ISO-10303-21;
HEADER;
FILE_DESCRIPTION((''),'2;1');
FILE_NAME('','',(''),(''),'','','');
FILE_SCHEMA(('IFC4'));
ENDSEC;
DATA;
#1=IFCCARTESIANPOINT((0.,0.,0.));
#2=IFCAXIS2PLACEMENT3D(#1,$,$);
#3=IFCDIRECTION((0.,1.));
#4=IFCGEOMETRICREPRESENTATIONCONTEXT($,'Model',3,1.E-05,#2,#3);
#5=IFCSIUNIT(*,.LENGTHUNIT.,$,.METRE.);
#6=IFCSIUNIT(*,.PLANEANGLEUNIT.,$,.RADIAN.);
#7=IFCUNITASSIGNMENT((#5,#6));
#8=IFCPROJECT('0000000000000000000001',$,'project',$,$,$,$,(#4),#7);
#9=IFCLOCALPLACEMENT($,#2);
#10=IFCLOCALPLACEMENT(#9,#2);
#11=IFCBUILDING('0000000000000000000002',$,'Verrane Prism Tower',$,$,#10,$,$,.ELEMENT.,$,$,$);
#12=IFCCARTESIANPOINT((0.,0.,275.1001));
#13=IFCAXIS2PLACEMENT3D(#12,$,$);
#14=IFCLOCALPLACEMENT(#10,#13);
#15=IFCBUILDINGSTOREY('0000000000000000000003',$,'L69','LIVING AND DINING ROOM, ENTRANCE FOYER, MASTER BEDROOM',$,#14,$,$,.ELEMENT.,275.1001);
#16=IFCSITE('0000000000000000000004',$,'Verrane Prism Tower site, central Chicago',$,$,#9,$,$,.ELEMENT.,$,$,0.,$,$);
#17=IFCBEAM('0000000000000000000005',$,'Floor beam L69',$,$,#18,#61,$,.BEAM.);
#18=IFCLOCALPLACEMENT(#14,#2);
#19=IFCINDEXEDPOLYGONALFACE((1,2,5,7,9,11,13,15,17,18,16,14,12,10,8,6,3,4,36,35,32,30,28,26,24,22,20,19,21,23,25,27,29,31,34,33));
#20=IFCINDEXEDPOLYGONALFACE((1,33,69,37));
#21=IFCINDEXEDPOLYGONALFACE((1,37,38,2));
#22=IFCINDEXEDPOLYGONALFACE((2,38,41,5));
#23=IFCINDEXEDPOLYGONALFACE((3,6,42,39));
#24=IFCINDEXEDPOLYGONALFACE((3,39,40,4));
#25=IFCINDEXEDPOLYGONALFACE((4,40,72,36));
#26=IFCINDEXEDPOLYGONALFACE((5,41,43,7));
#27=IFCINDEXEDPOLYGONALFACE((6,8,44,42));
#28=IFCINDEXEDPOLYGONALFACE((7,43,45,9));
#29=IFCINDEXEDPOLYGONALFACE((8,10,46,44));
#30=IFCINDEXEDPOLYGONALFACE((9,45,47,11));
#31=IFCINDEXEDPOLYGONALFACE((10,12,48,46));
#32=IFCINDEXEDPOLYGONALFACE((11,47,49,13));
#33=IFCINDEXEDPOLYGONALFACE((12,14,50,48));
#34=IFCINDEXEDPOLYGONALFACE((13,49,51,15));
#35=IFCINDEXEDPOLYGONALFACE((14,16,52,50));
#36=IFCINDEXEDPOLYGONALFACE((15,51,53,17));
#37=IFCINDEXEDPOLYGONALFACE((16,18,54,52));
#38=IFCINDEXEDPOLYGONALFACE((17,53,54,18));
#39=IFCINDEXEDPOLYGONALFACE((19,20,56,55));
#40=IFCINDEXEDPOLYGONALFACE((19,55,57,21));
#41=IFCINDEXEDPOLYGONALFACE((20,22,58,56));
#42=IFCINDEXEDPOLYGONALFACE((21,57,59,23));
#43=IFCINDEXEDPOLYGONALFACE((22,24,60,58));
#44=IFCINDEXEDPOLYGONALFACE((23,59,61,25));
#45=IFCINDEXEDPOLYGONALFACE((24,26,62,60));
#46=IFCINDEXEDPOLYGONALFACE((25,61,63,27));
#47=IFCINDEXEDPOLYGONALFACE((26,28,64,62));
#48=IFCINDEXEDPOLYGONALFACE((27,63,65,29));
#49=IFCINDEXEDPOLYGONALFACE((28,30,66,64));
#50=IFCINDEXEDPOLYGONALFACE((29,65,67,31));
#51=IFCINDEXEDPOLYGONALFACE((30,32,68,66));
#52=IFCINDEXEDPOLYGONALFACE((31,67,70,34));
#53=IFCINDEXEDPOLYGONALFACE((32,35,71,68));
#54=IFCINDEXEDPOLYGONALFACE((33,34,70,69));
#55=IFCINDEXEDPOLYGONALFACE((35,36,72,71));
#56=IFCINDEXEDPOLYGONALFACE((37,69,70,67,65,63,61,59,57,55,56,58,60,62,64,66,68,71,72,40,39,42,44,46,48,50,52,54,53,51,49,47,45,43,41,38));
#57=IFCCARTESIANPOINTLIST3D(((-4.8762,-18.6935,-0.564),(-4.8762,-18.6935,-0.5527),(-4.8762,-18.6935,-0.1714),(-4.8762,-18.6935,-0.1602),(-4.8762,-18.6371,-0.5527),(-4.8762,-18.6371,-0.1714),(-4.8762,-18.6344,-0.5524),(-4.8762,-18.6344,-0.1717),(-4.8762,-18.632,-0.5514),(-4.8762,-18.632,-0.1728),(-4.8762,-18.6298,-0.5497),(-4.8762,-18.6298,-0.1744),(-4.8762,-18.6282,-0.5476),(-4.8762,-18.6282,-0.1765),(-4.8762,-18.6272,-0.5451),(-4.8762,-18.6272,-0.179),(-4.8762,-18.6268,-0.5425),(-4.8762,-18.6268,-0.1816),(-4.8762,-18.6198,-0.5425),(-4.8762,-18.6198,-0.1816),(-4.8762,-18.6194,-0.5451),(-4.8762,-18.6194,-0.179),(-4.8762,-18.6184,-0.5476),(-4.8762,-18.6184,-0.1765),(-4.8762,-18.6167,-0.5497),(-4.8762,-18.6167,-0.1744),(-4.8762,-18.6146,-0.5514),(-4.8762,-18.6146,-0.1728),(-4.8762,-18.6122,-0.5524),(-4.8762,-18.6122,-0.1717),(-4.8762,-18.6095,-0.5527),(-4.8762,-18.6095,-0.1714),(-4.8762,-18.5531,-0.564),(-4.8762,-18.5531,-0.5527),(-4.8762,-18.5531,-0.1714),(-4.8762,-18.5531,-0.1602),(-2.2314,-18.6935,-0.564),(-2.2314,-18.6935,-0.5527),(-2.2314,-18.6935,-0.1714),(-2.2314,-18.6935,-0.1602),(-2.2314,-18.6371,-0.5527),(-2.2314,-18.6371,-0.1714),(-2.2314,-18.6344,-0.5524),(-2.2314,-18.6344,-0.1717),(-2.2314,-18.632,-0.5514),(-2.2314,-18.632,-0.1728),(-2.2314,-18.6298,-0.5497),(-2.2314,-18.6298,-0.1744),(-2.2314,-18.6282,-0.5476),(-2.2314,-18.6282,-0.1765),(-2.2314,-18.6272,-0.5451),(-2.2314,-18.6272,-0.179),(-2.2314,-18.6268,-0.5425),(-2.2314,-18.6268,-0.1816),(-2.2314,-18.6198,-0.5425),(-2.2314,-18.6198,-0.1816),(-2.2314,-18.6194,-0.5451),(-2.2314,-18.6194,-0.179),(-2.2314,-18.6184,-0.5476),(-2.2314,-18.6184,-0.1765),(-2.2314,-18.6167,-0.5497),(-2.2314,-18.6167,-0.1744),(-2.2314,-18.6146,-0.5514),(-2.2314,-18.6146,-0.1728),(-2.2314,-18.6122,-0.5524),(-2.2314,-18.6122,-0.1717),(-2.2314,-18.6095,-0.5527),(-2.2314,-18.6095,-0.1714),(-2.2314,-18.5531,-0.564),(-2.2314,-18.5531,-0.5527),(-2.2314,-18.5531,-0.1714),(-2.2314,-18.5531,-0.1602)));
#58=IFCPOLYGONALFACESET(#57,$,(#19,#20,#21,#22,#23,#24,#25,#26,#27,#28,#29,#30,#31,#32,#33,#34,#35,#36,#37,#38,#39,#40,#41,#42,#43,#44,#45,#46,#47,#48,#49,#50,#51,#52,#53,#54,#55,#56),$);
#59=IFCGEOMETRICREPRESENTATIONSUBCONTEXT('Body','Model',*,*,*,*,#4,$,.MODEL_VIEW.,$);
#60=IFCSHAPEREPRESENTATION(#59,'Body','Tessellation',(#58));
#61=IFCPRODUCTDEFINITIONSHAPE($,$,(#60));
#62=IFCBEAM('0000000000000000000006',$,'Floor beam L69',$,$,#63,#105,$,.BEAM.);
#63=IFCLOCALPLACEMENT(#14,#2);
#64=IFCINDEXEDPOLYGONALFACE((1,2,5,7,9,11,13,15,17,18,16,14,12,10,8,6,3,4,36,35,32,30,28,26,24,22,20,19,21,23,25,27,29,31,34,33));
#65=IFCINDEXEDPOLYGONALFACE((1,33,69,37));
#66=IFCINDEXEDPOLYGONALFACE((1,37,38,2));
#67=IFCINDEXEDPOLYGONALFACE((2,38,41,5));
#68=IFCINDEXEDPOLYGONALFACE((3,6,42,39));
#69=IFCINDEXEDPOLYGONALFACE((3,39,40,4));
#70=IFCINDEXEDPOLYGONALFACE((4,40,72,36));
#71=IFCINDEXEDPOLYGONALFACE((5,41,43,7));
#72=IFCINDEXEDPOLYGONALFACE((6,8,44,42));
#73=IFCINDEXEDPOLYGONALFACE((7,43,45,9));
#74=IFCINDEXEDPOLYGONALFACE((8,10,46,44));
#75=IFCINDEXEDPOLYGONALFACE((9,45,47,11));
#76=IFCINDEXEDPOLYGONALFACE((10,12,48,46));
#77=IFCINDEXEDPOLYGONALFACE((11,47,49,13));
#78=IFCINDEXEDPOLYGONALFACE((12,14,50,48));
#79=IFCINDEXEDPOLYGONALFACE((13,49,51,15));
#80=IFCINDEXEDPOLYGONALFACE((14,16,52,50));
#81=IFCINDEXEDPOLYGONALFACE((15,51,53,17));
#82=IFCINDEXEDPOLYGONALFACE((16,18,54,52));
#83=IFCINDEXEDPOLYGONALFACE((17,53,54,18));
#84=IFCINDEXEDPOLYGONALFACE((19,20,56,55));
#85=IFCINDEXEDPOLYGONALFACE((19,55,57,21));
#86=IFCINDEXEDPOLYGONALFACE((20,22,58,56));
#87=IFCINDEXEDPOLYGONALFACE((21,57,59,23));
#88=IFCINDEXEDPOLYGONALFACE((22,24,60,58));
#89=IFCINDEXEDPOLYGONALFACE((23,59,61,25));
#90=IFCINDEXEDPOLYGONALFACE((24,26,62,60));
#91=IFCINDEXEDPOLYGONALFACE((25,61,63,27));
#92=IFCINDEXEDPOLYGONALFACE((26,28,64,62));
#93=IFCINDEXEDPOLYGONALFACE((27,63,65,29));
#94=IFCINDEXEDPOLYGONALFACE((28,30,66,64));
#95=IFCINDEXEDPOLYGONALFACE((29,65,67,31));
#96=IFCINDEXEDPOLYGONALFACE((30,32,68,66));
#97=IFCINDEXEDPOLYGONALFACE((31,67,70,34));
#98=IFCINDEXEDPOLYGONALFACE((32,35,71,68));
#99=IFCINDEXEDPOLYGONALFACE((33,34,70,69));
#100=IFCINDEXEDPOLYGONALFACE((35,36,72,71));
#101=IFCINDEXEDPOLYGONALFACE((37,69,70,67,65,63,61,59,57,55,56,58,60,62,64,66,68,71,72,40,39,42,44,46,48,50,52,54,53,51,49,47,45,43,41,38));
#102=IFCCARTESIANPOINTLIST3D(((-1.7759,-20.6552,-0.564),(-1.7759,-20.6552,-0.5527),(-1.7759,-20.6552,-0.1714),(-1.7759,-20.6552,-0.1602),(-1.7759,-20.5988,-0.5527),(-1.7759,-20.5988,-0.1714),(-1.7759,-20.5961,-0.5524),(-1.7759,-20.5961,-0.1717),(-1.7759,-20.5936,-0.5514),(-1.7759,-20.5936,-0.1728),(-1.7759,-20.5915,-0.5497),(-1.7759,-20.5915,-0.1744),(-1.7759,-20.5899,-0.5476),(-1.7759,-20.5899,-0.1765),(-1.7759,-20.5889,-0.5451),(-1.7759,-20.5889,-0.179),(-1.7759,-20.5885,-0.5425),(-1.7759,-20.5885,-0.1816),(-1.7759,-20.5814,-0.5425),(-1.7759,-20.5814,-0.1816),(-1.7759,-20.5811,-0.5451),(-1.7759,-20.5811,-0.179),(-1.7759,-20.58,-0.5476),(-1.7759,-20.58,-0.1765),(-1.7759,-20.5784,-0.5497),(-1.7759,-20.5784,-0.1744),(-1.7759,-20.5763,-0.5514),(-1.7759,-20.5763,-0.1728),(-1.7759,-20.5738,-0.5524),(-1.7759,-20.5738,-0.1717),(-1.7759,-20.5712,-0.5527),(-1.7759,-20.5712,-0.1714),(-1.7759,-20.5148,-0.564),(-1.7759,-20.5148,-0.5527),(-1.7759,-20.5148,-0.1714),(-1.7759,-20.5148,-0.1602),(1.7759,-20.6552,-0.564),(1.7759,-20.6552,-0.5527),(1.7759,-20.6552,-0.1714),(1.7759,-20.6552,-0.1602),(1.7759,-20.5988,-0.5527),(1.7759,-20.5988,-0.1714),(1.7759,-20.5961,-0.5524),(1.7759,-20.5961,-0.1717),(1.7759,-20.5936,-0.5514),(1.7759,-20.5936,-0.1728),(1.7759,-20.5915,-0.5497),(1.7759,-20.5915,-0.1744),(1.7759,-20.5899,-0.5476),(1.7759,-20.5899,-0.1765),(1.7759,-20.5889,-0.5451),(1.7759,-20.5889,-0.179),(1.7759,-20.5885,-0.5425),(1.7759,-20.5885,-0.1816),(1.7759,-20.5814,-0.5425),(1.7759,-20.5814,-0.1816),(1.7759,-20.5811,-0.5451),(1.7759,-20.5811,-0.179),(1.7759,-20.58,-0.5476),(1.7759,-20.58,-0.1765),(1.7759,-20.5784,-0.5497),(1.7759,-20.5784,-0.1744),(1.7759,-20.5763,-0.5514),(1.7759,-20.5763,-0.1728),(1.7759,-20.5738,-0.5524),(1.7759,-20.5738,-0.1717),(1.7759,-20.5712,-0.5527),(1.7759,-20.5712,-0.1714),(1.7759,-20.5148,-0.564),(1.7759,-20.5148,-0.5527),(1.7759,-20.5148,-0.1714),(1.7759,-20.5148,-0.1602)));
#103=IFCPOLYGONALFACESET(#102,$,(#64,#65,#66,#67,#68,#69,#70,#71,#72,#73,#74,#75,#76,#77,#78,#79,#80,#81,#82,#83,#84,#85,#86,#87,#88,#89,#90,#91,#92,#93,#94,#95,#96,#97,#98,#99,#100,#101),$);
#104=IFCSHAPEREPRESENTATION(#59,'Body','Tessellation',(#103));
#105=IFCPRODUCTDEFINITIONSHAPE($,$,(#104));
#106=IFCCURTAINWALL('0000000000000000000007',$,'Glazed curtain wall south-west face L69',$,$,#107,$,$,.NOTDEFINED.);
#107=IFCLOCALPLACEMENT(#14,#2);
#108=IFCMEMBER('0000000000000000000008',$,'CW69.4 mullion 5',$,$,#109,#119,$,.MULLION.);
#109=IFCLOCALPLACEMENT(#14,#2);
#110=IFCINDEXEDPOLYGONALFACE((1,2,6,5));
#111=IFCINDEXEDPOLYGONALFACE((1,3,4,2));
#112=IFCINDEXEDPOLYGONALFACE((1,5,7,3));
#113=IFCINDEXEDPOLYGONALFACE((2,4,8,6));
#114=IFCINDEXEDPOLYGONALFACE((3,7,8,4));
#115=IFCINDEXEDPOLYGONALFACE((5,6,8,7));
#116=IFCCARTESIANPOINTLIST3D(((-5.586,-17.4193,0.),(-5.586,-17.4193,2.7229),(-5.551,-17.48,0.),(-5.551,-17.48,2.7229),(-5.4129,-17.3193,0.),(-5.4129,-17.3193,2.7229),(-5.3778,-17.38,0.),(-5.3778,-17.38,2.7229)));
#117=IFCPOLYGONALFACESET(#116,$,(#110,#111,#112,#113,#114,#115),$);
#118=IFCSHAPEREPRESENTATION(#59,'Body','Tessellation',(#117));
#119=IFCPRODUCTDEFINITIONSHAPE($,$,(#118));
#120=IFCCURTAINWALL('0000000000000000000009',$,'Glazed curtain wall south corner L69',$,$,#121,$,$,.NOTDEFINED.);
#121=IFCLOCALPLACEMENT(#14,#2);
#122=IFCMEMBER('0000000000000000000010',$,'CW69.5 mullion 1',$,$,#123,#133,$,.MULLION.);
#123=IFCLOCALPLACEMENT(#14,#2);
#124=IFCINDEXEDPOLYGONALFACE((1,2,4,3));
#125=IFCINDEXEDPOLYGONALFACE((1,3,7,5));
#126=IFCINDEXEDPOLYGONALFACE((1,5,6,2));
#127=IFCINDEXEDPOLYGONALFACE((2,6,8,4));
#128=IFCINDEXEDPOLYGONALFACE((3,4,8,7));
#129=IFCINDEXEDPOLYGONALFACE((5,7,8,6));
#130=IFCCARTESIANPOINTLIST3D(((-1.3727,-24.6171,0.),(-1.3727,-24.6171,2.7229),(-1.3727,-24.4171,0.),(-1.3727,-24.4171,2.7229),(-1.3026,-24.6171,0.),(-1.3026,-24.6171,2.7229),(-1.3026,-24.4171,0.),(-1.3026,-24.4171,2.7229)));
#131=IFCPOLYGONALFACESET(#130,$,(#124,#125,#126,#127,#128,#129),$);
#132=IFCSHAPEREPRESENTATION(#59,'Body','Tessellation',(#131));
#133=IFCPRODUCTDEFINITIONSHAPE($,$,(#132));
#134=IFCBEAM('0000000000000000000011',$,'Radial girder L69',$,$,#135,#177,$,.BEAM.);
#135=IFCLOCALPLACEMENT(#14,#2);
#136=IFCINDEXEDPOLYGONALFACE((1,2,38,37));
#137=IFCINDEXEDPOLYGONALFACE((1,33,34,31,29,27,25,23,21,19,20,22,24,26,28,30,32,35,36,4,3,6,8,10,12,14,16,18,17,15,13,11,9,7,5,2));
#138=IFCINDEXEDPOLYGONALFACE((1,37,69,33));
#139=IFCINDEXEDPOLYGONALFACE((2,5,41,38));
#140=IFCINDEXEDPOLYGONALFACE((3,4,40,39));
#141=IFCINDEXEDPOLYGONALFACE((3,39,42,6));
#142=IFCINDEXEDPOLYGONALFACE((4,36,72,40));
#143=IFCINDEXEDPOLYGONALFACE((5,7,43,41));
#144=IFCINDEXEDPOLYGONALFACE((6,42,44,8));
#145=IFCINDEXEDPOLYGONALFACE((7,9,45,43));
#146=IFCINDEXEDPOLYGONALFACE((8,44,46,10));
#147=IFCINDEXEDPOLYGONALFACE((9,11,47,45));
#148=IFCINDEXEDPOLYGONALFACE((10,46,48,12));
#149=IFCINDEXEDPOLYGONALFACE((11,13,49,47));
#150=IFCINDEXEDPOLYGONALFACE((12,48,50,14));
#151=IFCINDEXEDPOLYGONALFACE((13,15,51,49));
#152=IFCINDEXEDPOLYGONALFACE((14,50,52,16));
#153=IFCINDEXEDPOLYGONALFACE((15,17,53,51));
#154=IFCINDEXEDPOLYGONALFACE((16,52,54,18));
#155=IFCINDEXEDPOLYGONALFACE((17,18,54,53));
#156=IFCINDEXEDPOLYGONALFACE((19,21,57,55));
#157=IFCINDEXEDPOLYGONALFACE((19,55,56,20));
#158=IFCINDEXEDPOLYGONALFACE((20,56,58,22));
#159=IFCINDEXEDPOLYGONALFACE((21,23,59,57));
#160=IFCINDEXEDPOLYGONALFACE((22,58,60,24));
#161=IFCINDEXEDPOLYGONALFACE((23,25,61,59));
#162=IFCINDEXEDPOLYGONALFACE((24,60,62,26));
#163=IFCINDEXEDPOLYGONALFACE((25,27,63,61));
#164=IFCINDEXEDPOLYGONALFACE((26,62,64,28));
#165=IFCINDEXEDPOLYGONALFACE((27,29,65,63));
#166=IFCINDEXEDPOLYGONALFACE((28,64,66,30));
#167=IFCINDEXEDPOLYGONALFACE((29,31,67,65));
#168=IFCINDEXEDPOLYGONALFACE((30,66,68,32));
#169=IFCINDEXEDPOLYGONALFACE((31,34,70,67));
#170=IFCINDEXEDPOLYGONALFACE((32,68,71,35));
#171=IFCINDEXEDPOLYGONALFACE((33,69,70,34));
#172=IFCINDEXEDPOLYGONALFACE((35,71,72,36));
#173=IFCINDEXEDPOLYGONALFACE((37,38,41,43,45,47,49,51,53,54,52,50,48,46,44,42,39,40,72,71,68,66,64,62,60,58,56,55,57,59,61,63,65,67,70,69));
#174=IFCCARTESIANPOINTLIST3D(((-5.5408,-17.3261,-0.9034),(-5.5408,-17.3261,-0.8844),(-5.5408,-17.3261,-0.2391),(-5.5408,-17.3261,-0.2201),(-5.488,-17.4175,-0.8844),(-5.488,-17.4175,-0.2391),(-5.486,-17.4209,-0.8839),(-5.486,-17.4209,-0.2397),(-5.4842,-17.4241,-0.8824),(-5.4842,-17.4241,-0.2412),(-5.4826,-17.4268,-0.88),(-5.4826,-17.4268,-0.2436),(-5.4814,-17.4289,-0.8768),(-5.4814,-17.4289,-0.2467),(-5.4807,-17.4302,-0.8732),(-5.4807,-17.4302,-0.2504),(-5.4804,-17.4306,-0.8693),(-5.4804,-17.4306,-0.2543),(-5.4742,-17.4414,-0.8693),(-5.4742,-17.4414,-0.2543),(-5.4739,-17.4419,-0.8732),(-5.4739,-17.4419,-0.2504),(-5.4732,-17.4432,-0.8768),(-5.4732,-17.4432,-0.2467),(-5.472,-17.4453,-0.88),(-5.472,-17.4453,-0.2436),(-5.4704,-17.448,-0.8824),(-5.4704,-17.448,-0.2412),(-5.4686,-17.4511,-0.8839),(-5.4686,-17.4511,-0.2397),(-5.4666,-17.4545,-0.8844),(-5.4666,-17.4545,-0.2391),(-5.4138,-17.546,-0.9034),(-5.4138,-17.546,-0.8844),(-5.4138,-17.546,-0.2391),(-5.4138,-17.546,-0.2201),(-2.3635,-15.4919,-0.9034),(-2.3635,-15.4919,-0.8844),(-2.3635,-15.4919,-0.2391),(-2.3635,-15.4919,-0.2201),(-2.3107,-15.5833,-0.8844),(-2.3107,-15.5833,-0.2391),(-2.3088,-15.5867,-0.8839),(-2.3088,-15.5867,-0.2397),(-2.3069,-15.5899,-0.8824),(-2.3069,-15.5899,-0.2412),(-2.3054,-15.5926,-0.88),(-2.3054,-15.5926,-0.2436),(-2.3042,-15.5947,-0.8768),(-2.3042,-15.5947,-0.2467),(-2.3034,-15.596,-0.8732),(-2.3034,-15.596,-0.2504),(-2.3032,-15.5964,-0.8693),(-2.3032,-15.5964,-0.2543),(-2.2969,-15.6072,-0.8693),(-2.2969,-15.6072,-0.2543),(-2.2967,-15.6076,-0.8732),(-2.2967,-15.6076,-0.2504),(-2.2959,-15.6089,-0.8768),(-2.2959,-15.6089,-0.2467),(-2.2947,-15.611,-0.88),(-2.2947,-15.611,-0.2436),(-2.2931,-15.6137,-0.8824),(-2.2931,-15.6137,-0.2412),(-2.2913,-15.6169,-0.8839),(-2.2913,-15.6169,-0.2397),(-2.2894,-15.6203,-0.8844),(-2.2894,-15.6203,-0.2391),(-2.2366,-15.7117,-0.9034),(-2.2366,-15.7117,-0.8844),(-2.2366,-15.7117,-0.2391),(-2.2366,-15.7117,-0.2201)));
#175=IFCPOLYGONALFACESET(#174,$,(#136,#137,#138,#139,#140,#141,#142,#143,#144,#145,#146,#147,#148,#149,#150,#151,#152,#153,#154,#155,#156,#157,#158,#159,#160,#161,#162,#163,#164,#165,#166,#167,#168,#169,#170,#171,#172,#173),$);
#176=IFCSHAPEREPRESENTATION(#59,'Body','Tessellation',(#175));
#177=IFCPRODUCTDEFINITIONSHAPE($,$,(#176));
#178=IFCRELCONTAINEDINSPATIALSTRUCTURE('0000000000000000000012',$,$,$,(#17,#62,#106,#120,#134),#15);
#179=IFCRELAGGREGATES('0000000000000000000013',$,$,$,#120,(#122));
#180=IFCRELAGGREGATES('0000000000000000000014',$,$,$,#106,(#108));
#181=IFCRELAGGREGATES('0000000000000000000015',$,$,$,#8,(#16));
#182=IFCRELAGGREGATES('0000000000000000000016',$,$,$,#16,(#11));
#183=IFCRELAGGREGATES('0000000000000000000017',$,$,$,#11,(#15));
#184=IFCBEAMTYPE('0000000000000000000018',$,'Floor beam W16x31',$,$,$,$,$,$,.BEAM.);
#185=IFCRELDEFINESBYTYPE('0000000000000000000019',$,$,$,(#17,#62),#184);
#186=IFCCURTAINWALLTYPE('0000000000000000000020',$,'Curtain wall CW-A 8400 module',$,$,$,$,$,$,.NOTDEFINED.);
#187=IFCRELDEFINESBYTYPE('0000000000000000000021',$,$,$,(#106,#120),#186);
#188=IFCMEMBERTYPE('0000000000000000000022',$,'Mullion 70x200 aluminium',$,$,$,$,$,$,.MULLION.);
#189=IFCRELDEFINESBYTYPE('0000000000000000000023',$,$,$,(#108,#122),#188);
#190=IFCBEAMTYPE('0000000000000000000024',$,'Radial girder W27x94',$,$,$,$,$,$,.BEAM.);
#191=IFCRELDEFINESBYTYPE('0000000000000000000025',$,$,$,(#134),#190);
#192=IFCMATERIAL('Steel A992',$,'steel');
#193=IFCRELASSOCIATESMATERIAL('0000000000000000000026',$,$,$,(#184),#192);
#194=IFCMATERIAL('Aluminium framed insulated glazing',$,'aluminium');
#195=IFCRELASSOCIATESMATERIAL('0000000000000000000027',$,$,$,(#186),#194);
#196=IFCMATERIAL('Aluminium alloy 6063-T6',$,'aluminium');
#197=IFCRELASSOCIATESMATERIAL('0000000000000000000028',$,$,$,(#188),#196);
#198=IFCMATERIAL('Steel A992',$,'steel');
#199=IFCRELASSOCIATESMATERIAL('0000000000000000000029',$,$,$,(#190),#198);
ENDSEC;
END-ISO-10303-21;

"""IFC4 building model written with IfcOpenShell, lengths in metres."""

from ifc_helpers import new_model, si_unit, direction, frame, origin, origin_2d, place, context, subcontext, project, spatial, rectangle, i_section, extrude, material, material_profile, profile_set, type_object, element, aggregate, save


model = new_model("IFC4")

# Units and contexts
model_context = context("Model", 3, precision=1e-05, world=origin(), true_north=direction((0.0, 1.0)))
body_context = subcontext(model_context, "Body", "Model", "MODEL_VIEW")
ifc_project = project(units=[si_unit("LENGTHUNIT", "METRE"), si_unit("PLANEANGLEUNIT", "RADIAN")], contexts=[model_context])

# Site, building, storey
site_placement = place(None, origin())
site = spatial("IfcSite", under=ifc_project, at=site_placement, Name="Verrane Prism Tower site, central Chicago", CompositionType="ELEMENT", RefElevation=0.0)
building_placement = place(site_placement, origin())
building = spatial("IfcBuilding", under=site, at=building_placement, Name="Verrane Prism Tower", CompositionType="ELEMENT")
storey_placement = place(building_placement, frame((0.0, 0.0, 275.1001)))
storey = spatial("IfcBuildingStorey", under=building, at=storey_placement, Name="L69", Description="LIVING AND DINING ROOM, ENTRANCE FOYER, MASTER BEDROOM", CompositionType="ELEMENT", Elevation=275.1001)

# Beams
ifc_material_1 = material(Name="Steel A992", Category="steel")
ifc_material_profile_1 = material_profile(ifc_material_1, i_section(OverallWidth=0.1404, OverallDepth=0.4038, WebThickness=0.0071, FlangeThickness=0.0112, FilletRadius=0.0103, at=origin_2d()), Name="W16x31")
ifc_profile_set_1 = profile_set([ifc_material_profile_1], Name="Steel A992")
beam_type_1 = type_object("IfcBeamType", Name="Floor beam W16x31", PredefinedType="BEAM", material=ifc_profile_set_1)
beam_1_placement = place(storey_placement, frame((-4.8762, -18.6233, -0.3621), z_axis=(1.0, 0.0, 0.0), x_axis=(0.0, 1.0, 0.0)))
element("IfcBeam", 1, at=beam_1_placement, inside=storey, type_object=beam_type_1, Name="Floor beam L69", PredefinedType="BEAM", context=body_context, shape_type="SweptSolid", body=[
    extrude(i_section(OverallWidth=0.1404, OverallDepth=0.4038, WebThickness=0.0071, FlangeThickness=0.0112, FilletRadius=0.0103, at=origin_2d()), origin(), (0.0, 0.0, 1.0), 2.6448),
])
beam_2_placement = place(storey_placement, frame((-1.7759, -20.585, -0.3621), z_axis=(1.0, 0.0, 0.0), x_axis=(0.0, 1.0, 0.0)))
element("IfcBeam", 2, at=beam_2_placement, inside=storey, type_object=beam_type_1, Name="Floor beam L69", PredefinedType="BEAM", context=body_context, shape_type="SweptSolid", body=[
    extrude(i_section(OverallWidth=0.1404, OverallDepth=0.4038, WebThickness=0.0071, FlangeThickness=0.0112, FilletRadius=0.0103, at=origin_2d()), origin(), (0.0, 0.0, 1.0), 3.5518),
])

# Curtain walls, members
ifc_material_2 = material(Name="Aluminium framed insulated glazing", Category="aluminium")
curtain_wall_type = type_object("IfcCurtainWallType", Name="Curtain wall CW-A 8400 module", PredefinedType="NOTDEFINED", material=ifc_material_2)
curtain_wall_1_placement = place(storey_placement, origin())
curtain_wall_1 = element("IfcCurtainWall", 3, at=curtain_wall_1_placement, inside=storey, type_object=curtain_wall_type, Name="Glazed curtain wall south-west face L69", PredefinedType="NOTDEFINED")
ifc_material_3 = material(Name="Aluminium alloy 6063-T6", Category="aluminium")
ifc_material_profile_2 = material_profile(ifc_material_3, rectangle(XDim=0.2, YDim=0.0701, at=origin_2d()), Name="Mullion 70x200 aluminium")
ifc_profile_set_2 = profile_set([ifc_material_profile_2], Name="Aluminium alloy 6063-T6")
member_type_1 = type_object("IfcMemberType", Name="Mullion 70x200 aluminium", PredefinedType="MULLION", material=ifc_profile_set_2)
member_1_placement = place(storey_placement, frame((-5.4819, -17.3997, 0.0), z_axis=(0.0, 0.0, 1.0), x_axis=(0.866025, 0.500001, 0.0)))
member_1 = element("IfcMember", 4, at=member_1_placement, type_object=member_type_1, Name="CW69.4 mullion 5", PredefinedType="MULLION", context=body_context, shape_type="SweptSolid", body=[
    extrude(rectangle(XDim=0.2, YDim=0.0701, at=origin_2d()), origin(), (0.0, 0.0, 1.0), 2.7229),
])
curtain_wall_2_placement = place(storey_placement, origin())
curtain_wall_2 = element("IfcCurtainWall", 5, at=curtain_wall_2_placement, inside=storey, type_object=curtain_wall_type, Name="Glazed curtain wall south corner L69", PredefinedType="NOTDEFINED")
member_2_placement = place(storey_placement, frame((-1.3376, -24.5171, 0.0), z_axis=(0.0, 0.0, 1.0), x_axis=(0.0, 1.0, 0.0)))
member_2 = element("IfcMember", 6, at=member_2_placement, type_object=member_type_1, Name="CW69.5 mullion 1", PredefinedType="MULLION", context=body_context, shape_type="SweptSolid", body=[
    extrude(rectangle(XDim=0.2, YDim=0.0701, at=origin_2d()), origin(), (0.0, 0.0, 1.0), 2.7229),
])

# Beam
ifc_material_4 = material(Name="Steel A992", Category="steel")
ifc_material_profile_3 = material_profile(ifc_material_4, i_section(OverallWidth=0.2539, OverallDepth=0.6833, WebThickness=0.0125, FlangeThickness=0.019, FilletRadius=0.0151, at=origin_2d()), Name="W27x94")
ifc_profile_set_3 = profile_set([ifc_material_profile_3], Name="Steel A992")
beam_type_2 = type_object("IfcBeamType", Name="Radial girder W27x94", PredefinedType="BEAM", material=ifc_profile_set_3)
beam_3_placement = place(storey_placement, frame((-5.4773, -17.436, -0.5618), z_axis=(0.866044, 0.499968, 0.0), x_axis=(-0.499968, 0.866044, 0.0)))
element("IfcBeam", 7, at=beam_3_placement, inside=storey, type_object=beam_type_2, Name="Radial girder L69", PredefinedType="BEAM", context=body_context, shape_type="SweptSolid", body=[
    extrude(i_section(OverallWidth=0.2539, OverallDepth=0.6833, WebThickness=0.0125, FlangeThickness=0.019, FilletRadius=0.0151, at=origin_2d()), origin(), (0.0, 0.0, 1.0), 3.6687),
])

aggregate(curtain_wall_2, [member_2])

aggregate(curtain_wall_1, [member_1])

save(model, "model.ifc")
